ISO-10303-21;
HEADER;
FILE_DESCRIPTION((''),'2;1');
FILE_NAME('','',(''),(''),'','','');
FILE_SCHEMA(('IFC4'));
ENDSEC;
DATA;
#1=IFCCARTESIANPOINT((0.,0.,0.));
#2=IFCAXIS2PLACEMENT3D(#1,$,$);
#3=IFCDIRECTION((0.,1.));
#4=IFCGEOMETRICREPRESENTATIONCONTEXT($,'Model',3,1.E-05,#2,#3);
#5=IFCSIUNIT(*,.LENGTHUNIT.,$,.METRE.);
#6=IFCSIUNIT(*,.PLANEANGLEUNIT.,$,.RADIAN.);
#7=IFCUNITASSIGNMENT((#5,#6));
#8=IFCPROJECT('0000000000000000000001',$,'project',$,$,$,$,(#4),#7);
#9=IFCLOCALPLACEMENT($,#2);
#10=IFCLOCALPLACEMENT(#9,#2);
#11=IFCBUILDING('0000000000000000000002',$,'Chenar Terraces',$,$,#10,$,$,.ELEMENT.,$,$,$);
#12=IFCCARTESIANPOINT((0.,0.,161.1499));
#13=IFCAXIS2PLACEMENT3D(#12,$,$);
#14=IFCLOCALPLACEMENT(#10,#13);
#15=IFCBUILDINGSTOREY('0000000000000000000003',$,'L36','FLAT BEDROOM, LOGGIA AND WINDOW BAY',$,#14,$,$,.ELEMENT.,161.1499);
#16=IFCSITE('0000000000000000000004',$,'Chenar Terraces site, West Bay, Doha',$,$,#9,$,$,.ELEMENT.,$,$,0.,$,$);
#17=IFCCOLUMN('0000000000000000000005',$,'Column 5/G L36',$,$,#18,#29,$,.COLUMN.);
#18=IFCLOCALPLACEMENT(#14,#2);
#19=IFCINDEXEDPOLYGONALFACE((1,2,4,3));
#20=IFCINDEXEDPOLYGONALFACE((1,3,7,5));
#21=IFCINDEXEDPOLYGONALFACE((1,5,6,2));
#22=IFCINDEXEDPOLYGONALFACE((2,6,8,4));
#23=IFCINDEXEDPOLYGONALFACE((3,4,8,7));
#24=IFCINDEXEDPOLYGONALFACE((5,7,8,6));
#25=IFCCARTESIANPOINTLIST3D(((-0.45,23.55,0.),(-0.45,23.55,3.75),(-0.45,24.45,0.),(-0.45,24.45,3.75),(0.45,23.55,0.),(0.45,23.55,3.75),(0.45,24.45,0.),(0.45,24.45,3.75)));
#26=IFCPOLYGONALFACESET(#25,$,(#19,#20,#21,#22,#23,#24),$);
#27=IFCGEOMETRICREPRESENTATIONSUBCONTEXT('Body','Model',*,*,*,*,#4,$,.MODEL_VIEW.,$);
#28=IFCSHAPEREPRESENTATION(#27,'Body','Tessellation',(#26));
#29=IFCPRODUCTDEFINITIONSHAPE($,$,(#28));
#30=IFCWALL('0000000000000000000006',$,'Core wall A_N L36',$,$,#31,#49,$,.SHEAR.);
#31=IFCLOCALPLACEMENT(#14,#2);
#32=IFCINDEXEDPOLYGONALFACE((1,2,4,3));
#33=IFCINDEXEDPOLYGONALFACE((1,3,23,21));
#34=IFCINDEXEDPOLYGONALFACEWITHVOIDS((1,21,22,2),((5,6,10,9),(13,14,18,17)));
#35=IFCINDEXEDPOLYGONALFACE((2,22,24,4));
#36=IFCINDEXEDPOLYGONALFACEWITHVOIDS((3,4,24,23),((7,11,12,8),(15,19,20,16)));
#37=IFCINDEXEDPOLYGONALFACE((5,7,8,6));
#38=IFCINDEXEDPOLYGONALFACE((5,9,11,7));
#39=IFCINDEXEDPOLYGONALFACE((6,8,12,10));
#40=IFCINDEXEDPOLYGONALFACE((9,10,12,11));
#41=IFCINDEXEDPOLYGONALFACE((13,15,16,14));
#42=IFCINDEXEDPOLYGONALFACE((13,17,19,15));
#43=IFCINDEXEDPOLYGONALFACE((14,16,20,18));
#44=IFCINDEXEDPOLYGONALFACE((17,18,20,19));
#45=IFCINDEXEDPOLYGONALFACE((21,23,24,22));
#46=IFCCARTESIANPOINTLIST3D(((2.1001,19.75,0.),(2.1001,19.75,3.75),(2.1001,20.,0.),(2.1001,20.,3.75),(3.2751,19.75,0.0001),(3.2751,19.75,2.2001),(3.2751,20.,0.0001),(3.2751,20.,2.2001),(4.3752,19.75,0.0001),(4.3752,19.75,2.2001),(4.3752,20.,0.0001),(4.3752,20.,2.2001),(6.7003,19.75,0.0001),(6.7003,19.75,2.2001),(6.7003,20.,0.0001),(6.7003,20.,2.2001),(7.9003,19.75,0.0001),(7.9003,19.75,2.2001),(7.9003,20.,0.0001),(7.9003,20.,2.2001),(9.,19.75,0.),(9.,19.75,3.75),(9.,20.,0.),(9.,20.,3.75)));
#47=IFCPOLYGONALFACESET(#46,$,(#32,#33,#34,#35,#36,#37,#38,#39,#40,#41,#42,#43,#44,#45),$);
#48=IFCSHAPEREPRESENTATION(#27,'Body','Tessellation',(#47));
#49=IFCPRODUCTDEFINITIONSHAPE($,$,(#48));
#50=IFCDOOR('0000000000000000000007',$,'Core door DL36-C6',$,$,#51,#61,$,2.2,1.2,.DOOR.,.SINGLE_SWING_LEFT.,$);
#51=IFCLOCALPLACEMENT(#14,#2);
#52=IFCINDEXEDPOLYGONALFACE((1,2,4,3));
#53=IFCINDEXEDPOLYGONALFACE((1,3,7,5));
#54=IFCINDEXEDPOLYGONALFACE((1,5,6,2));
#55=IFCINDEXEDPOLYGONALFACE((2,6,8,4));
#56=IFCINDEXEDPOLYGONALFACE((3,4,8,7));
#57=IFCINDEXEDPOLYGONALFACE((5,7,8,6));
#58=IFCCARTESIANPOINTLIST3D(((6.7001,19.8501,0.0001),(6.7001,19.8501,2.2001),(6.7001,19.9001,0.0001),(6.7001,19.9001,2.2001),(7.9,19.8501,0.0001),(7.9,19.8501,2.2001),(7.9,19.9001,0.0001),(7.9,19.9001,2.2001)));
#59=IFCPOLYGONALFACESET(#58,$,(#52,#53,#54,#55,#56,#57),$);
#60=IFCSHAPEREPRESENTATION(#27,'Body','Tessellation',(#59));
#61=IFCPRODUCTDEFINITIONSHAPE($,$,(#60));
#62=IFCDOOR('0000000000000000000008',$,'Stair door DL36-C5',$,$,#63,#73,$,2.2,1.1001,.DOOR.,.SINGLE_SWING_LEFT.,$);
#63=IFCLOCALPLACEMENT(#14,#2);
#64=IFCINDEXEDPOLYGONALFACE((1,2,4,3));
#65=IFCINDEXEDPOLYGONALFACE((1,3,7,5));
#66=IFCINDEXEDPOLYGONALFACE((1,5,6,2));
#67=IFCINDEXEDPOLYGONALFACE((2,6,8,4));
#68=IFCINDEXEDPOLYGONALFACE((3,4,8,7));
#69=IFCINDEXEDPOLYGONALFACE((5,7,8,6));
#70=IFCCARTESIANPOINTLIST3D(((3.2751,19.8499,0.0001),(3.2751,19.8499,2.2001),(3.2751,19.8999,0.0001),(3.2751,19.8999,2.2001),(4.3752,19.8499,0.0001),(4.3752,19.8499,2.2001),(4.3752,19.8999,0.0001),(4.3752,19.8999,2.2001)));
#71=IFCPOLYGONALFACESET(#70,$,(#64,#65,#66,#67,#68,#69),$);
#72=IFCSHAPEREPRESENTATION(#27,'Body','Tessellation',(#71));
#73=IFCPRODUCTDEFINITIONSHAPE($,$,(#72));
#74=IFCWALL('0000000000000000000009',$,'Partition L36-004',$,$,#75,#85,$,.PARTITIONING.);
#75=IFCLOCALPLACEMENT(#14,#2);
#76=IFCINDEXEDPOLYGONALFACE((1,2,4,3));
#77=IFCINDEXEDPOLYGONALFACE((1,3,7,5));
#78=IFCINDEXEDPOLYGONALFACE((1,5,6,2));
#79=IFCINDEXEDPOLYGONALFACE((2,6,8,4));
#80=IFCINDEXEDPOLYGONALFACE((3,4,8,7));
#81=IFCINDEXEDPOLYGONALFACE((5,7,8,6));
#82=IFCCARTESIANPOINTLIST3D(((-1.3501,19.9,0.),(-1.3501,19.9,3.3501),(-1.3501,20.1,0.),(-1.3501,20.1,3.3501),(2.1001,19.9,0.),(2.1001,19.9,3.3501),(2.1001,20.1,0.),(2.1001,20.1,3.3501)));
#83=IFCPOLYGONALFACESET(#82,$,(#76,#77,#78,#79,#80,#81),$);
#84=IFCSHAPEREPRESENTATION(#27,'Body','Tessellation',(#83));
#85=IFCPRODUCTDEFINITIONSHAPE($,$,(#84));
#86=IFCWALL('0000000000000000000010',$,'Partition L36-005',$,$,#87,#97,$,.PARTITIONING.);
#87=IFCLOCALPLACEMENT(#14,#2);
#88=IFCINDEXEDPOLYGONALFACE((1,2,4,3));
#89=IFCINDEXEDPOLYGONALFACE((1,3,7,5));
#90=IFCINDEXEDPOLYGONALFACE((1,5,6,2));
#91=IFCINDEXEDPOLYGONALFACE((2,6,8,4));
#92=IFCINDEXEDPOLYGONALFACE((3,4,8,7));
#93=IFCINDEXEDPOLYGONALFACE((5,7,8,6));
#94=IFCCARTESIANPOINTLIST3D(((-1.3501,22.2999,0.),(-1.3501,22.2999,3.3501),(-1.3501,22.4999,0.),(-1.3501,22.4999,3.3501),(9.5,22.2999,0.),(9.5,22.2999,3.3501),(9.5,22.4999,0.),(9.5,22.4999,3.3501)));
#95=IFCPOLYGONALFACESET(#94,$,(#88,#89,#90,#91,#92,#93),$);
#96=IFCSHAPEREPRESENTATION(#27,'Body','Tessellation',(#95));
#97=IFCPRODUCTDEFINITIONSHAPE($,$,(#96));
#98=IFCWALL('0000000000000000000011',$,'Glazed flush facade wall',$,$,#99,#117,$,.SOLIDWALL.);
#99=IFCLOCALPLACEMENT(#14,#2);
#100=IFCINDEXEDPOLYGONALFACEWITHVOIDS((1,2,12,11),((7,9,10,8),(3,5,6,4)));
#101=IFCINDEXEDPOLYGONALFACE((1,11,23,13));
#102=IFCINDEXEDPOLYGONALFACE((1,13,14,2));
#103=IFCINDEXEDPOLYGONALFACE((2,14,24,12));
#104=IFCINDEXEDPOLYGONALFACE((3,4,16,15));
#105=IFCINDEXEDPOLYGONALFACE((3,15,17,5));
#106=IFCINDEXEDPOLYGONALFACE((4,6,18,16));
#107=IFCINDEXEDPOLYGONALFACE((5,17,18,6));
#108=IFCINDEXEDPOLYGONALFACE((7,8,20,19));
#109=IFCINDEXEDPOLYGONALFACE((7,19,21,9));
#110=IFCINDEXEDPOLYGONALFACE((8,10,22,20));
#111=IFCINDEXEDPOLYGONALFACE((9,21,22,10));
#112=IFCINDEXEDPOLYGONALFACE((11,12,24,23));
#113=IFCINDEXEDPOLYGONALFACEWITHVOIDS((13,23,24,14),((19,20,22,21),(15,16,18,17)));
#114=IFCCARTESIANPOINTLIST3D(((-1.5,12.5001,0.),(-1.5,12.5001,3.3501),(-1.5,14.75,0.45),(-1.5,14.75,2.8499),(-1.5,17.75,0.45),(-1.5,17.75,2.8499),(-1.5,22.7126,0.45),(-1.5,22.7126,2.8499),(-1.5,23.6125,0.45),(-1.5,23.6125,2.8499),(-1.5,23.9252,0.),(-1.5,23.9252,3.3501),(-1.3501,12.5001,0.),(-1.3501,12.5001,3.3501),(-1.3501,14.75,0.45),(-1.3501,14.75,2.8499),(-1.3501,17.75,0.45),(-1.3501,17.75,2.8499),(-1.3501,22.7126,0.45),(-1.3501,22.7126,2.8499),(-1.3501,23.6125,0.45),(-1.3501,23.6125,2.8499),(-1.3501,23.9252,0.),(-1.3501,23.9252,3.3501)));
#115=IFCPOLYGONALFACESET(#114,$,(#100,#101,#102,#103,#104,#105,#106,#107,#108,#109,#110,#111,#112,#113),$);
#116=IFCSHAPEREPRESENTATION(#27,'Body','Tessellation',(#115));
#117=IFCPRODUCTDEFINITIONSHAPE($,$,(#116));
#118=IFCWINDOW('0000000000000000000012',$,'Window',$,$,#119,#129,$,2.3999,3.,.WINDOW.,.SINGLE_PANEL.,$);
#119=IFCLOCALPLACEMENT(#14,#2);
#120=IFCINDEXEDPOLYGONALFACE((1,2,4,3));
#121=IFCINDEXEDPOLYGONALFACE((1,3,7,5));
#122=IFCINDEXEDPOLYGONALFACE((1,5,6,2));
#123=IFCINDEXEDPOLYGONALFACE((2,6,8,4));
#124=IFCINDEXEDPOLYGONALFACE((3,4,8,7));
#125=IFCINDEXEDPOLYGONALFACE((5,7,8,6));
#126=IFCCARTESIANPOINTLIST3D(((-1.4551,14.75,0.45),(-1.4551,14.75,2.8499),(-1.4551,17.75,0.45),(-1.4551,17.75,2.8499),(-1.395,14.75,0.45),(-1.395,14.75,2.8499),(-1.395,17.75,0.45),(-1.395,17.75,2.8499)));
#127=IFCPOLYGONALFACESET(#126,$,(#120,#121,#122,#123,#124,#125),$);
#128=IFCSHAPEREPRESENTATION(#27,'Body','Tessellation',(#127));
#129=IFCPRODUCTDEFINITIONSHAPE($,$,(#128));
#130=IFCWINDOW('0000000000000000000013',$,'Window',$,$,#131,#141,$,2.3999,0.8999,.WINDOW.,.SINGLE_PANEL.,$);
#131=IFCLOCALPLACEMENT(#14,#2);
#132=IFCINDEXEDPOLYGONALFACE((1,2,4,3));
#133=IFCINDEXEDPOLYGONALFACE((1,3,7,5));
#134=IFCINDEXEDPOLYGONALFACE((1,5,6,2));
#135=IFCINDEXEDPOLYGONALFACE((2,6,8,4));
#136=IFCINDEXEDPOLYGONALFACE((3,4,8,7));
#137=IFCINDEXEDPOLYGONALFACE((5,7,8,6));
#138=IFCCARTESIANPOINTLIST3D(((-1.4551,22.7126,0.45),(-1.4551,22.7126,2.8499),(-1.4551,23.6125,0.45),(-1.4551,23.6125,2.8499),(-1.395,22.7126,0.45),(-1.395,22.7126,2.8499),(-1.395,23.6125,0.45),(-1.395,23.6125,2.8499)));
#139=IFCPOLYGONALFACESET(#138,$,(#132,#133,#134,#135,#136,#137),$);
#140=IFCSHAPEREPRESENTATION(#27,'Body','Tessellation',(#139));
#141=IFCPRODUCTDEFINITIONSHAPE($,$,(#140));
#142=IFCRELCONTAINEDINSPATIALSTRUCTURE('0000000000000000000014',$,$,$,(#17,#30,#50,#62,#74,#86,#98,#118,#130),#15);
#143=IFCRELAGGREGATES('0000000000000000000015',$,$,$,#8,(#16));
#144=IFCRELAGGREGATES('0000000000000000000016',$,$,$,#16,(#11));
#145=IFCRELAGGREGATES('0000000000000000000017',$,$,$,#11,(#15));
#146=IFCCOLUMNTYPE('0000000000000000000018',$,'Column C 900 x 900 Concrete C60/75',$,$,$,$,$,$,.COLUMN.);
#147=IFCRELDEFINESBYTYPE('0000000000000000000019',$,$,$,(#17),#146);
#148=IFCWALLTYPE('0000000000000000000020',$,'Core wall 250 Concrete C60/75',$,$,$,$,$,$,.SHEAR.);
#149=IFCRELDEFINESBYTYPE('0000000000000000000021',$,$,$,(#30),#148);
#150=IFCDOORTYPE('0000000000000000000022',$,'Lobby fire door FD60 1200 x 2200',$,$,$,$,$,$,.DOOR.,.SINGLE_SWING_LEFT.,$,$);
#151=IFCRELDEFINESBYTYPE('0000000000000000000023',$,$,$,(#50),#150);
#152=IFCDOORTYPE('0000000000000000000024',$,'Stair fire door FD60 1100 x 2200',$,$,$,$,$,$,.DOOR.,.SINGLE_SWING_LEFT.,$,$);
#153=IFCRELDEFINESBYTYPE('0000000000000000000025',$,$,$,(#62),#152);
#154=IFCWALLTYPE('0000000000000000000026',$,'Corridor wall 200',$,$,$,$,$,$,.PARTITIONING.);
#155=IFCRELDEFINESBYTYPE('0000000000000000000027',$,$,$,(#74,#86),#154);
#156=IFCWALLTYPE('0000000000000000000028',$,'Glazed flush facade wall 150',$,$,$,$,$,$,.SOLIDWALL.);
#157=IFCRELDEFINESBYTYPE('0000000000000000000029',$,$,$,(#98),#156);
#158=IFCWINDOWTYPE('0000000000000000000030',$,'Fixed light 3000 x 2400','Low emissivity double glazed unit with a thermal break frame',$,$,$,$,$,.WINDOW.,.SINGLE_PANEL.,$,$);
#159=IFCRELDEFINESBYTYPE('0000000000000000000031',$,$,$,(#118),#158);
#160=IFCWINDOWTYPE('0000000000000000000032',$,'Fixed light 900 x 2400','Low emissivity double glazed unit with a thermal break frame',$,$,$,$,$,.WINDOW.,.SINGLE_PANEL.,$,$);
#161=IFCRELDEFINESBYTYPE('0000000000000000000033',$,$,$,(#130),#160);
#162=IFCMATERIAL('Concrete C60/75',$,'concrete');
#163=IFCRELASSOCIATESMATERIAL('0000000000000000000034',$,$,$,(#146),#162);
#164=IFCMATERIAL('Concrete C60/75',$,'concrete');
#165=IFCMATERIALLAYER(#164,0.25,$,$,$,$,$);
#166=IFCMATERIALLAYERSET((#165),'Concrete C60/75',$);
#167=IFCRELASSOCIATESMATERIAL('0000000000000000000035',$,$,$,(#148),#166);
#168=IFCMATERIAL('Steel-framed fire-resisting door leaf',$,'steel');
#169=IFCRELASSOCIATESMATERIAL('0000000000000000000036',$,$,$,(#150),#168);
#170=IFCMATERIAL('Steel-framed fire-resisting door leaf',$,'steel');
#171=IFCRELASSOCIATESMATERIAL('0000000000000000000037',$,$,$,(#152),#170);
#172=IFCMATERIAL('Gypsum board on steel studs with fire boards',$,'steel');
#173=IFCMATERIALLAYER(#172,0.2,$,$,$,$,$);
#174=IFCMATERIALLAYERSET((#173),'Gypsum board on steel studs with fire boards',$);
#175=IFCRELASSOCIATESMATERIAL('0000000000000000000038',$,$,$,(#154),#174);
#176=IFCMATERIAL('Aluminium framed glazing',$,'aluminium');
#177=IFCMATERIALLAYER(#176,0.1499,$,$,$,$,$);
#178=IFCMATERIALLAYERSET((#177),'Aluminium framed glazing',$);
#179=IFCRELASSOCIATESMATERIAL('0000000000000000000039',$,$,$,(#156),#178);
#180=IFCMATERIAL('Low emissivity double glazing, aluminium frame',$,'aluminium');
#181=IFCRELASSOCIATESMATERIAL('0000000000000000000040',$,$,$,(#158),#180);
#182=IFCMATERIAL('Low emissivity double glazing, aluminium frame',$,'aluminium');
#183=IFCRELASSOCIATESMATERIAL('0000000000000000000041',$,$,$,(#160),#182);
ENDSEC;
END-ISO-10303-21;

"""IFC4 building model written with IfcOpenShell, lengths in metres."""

from ifc_helpers import new_model, si_unit, direction, frame, frame_2d, origin, origin_2d, place, context, subcontext, project, spatial, rectangle, extrude, material, layer, layer_set, material_profile, profile_set, type_object, element, fill, save


model = new_model("IFC4")

# Units and contexts
model_context = context("Model", 3, precision=1e-05, world=origin(), true_north=direction((0.0, 1.0)))
body_context = subcontext(model_context, "Body", "Model", "MODEL_VIEW")
ifc_project = project(units=[si_unit("LENGTHUNIT", "METRE"), si_unit("PLANEANGLEUNIT", "RADIAN")], contexts=[model_context])

# Site, building, storey
site_placement = place(None, origin())
site = spatial("IfcSite", under=ifc_project, at=site_placement, Name="Chenar Terraces site, West Bay, Doha", CompositionType="ELEMENT", RefElevation=0.0)
building_placement = place(site_placement, origin())
building = spatial("IfcBuilding", under=site, at=building_placement, Name="Chenar Terraces", CompositionType="ELEMENT")
storey_placement = place(building_placement, frame((0.0, 0.0, 161.1499)))
storey = spatial("IfcBuildingStorey", under=building, at=storey_placement, Name="L36", Description="FLAT BEDROOM, LOGGIA AND WINDOW BAY", CompositionType="ELEMENT", Elevation=161.1499)

# Column
ifc_material_1 = material(Name="Concrete C60/75", Category="concrete")
ifc_material_profile = material_profile(ifc_material_1, rectangle(XDim=0.8999, YDim=0.8999, at=origin_2d()), Name="C 900 x 900")
ifc_profile_set = profile_set([ifc_material_profile], Name="Concrete C60/75")
column_type = type_object("IfcColumnType", Name="Column C 900 x 900 Concrete C60/75", PredefinedType="COLUMN", material=ifc_profile_set)
column_placement = place(storey_placement, frame((0.0, 24.0, 0.0), z_axis=(0.0, 0.0, 1.0), x_axis=(1.0, 0.0, 0.0)))
element("IfcColumn", 1, at=column_placement, inside=storey, type_object=column_type, Name="Column 5/G L36", PredefinedType="COLUMN", context=body_context, shape_type="SweptSolid", body=[
    extrude(rectangle(XDim=0.8999, YDim=0.8999, at=origin_2d()), origin(), (0.0, 0.0, 1.0), 3.75),
])

# Wall, openings, doors
ifc_material_2 = material(Name="Concrete C60/75", Category="concrete")
ifc_layer_1 = layer(ifc_material_2, 0.25)
ifc_layer_set_1 = layer_set([ifc_layer_1], Name="Concrete C60/75")
wall_type_1 = type_object("IfcWallType", Name="Core wall 250 Concrete C60/75", PredefinedType="SHEAR", material=ifc_layer_set_1)
wall_1_placement = place(storey_placement, frame((2.1001, 19.875, 0.0), z_axis=(0.0, 0.0, 1.0), x_axis=(1.0, 0.0, 0.0)))
wall_1 = element("IfcWall", 2, at=wall_1_placement, inside=storey, type_object=wall_type_1, Name="Core wall A_N L36", PredefinedType="SHEAR", context=body_context, shape_type="SweptSolid", body=[
    extrude(rectangle(XDim=6.8999, YDim=0.25, at=frame_2d((3.45, 0.0))), origin(), (0.0, 0.0, 1.0), 3.75),
])
opening_1_placement = place(wall_1_placement, frame((1.175, 0.0, 0.0)))
opening_1 = element("IfcOpeningElement", 3, at=opening_1_placement, cuts=wall_1, PredefinedType="OPENING", context=body_context, shape_type="SweptSolid", body=[
    extrude(rectangle(XDim=1.1001, YDim=2.2, at=frame_2d((0.55, 1.1001))), frame((0.0, 0.135, 0.0), z_axis=(0.0, -1.0, 0.0), x_axis=(1.0, 0.0, 0.0)), (0.0, 0.0, 1.0), 0.27),
])
opening_2_placement = place(wall_1_placement, frame((4.6001, 0.0, 0.0)))
opening_2 = element("IfcOpeningElement", 4, at=opening_2_placement, cuts=wall_1, PredefinedType="OPENING", context=body_context, shape_type="SweptSolid", body=[
    extrude(rectangle(XDim=1.2, YDim=2.2, at=frame_2d((0.6001, 1.1001))), frame((0.0, 0.135, 0.0), z_axis=(0.0, -1.0, 0.0), x_axis=(1.0, 0.0, 0.0)), (0.0, 0.0, 1.0), 0.27),
])
ifc_material_3 = material(Name="Steel-framed fire-resisting door leaf", Category="steel")
door_type_1 = type_object("IfcDoorType", Name="Lobby fire door FD60 1200 x 2200", OperationType="SINGLE_SWING_LEFT", PredefinedType="DOOR", material=ifc_material_3)
door_1_placement = place(opening_2_placement, frame((1.2, 0.0, 0.0), z_axis=(0.0, 0.0, 1.0), x_axis=(-1.0, 0.0, 0.0)))
door_1 = element("IfcDoor", 5, at=door_1_placement, inside=storey, type_object=door_type_1, Name="Core door DL36-C6", OperationType="SINGLE_SWING_LEFT", OverallHeight=2.2, OverallWidth=1.2, PredefinedType="DOOR", context=body_context, shape_type="SweptSolid", body=[
    extrude(rectangle(XDim=1.2, YDim=2.2, at=frame_2d((0.6001, 1.1001))), frame((0.0, 0.0249, 0.0), z_axis=(0.0, -1.0, 0.0), x_axis=(1.0, 0.0, 0.0)), (0.0, 0.0, 1.0), 0.05),
])
fill(opening_2, door_1)
ifc_material_4 = material(Name="Steel-framed fire-resisting door leaf", Category="steel")
door_type_2 = type_object("IfcDoorType", Name="Stair fire door FD60 1100 x 2200", OperationType="SINGLE_SWING_LEFT", PredefinedType="DOOR", material=ifc_material_4)
door_2_placement = place(opening_1_placement, origin())
door_2 = element("IfcDoor", 6, at=door_2_placement, inside=storey, type_object=door_type_2, Name="Stair door DL36-C5", OperationType="SINGLE_SWING_LEFT", OverallHeight=2.2, OverallWidth=1.1001, PredefinedType="DOOR", context=body_context, shape_type="SweptSolid", body=[
    extrude(rectangle(XDim=1.1001, YDim=2.2, at=frame_2d((0.55, 1.1001))), frame((0.0, 0.0249, 0.0), z_axis=(0.0, -1.0, 0.0), x_axis=(1.0, 0.0, 0.0)), (0.0, 0.0, 1.0), 0.05),
])
fill(opening_1, door_2)

# Walls
ifc_material_5 = material(Name="Gypsum board on steel studs with fire boards", Category="steel")
ifc_layer_2 = layer(ifc_material_5, 0.2)
ifc_layer_set_2 = layer_set([ifc_layer_2], Name="Gypsum board on steel studs with fire boards")
wall_type_2 = type_object("IfcWallType", Name="Corridor wall 200", PredefinedType="PARTITIONING", material=ifc_layer_set_2)
wall_2_placement = place(storey_placement, frame((-1.3501, 20.0, 0.0), z_axis=(0.0, 0.0, 1.0), x_axis=(1.0, 0.0, 0.0)))
element("IfcWall", 7, at=wall_2_placement, inside=storey, type_object=wall_type_2, Name="Partition L36-004", PredefinedType="PARTITIONING", context=body_context, shape_type="SweptSolid", body=[
    extrude(rectangle(XDim=3.4502, YDim=0.2, at=frame_2d((1.7251, 0.0))), origin(), (0.0, 0.0, 1.0), 3.3501),
])
wall_3_placement = place(storey_placement, frame((-1.3501, 22.3999, 0.0), z_axis=(0.0, 0.0, 1.0), x_axis=(1.0, 0.0, 0.0)))
element("IfcWall", 8, at=wall_3_placement, inside=storey, type_object=wall_type_2, Name="Partition L36-005", PredefinedType="PARTITIONING", context=body_context, shape_type="SweptSolid", body=[
    extrude(rectangle(XDim=10.8501, YDim=0.2, at=frame_2d((5.425, 0.0))), origin(), (0.0, 0.0, 1.0), 3.3501),
])

# Wall, openings, windows
ifc_material_6 = material(Name="Aluminium framed glazing", Category="aluminium")
ifc_layer_3 = layer(ifc_material_6, 0.1499)
ifc_layer_set_3 = layer_set([ifc_layer_3], Name="Aluminium framed glazing")
wall_type_3 = type_object("IfcWallType", Name="Glazed flush facade wall 150", PredefinedType="SOLIDWALL", material=ifc_layer_set_3)
wall_4_placement = place(storey_placement, frame((-1.425, 23.925, 0.0), z_axis=(0.0, 0.0, 1.0), x_axis=(0.0, -1.0, 0.0)))
wall_4 = element("IfcWall", 9, at=wall_4_placement, inside=storey, type_object=wall_type_3, Name="Glazed flush facade wall", PredefinedType="SOLIDWALL", context=body_context, shape_type="SweptSolid", body=[
    extrude(rectangle(XDim=11.425, YDim=0.1499, at=frame_2d((5.7124, 0.0))), origin(), (0.0, 0.0, 1.0), 3.3501),
])
opening_3_placement = place(wall_4_placement, frame((0.3125, 0.0, 0.45)))
opening_3 = element("IfcOpeningElement", 10, at=opening_3_placement, cuts=wall_4, PredefinedType="OPENING", context=body_context, shape_type="SweptSolid", body=[
    extrude(rectangle(XDim=0.8999, YDim=2.3999, at=frame_2d((0.45, 1.2))), frame((0.0, 0.085, 0.0), z_axis=(0.0, -1.0, 0.0), x_axis=(1.0, 0.0, 0.0)), (0.0, 0.0, 1.0), 0.1699),
])
opening_4_placement = place(wall_4_placement, frame((6.175, 0.0, 0.45)))
opening_4 = element("IfcOpeningElement", 11, at=opening_4_placement, cuts=wall_4, PredefinedType="OPENING", context=body_context, shape_type="SweptSolid", body=[
    extrude(rectangle(XDim=3.0, YDim=2.3999, at=frame_2d((1.5, 1.2))), frame((0.0, 0.085, 0.0), z_axis=(0.0, -1.0, 0.0), x_axis=(1.0, 0.0, 0.0)), (0.0, 0.0, 1.0), 0.1699),
])
ifc_material_7 = material(Name="Low emissivity double glazing, aluminium frame", Category="aluminium")
window_type_1 = type_object("IfcWindowType", Name="Fixed light 3000 x 2400", Description="Low emissivity double glazed unit with a thermal break frame", PartitioningType="SINGLE_PANEL", PredefinedType="WINDOW", material=ifc_material_7)
window_1_placement = place(opening_4_placement, origin())
window_1 = element("IfcWindow", 12, at=window_1_placement, inside=storey, type_object=window_type_1, Name="Window", OverallHeight=2.3999, OverallWidth=3.0, PartitioningType="SINGLE_PANEL", PredefinedType="WINDOW", context=body_context, shape_type="SweptSolid", body=[
    extrude(rectangle(XDim=3.0, YDim=2.3999, at=frame_2d((1.5, 1.2))), frame((0.0, 0.03, 0.0), z_axis=(0.0, -1.0, 0.0), x_axis=(1.0, 0.0, 0.0)), (0.0, 0.0, 1.0), 0.0601),
])
fill(opening_4, window_1)
ifc_material_8 = material(Name="Low emissivity double glazing, aluminium frame", Category="aluminium")
window_type_2 = type_object("IfcWindowType", Name="Fixed light 900 x 2400", Description="Low emissivity double glazed unit with a thermal break frame", PartitioningType="SINGLE_PANEL", PredefinedType="WINDOW", material=ifc_material_8)
window_2_placement = place(opening_3_placement, origin())
window_2 = element("IfcWindow", 13, at=window_2_placement, inside=storey, type_object=window_type_2, Name="Window", OverallHeight=2.3999, OverallWidth=0.8999, PartitioningType="SINGLE_PANEL", PredefinedType="WINDOW", context=body_context, shape_type="SweptSolid", body=[
    extrude(rectangle(XDim=0.8999, YDim=2.3999, at=frame_2d((0.45, 1.2))), frame((0.0, 0.03, 0.0), z_axis=(0.0, -1.0, 0.0), x_axis=(1.0, 0.0, 0.0)), (0.0, 0.0, 1.0), 0.0601),
])
fill(opening_3, window_2)

save(model, "model.ifc")
